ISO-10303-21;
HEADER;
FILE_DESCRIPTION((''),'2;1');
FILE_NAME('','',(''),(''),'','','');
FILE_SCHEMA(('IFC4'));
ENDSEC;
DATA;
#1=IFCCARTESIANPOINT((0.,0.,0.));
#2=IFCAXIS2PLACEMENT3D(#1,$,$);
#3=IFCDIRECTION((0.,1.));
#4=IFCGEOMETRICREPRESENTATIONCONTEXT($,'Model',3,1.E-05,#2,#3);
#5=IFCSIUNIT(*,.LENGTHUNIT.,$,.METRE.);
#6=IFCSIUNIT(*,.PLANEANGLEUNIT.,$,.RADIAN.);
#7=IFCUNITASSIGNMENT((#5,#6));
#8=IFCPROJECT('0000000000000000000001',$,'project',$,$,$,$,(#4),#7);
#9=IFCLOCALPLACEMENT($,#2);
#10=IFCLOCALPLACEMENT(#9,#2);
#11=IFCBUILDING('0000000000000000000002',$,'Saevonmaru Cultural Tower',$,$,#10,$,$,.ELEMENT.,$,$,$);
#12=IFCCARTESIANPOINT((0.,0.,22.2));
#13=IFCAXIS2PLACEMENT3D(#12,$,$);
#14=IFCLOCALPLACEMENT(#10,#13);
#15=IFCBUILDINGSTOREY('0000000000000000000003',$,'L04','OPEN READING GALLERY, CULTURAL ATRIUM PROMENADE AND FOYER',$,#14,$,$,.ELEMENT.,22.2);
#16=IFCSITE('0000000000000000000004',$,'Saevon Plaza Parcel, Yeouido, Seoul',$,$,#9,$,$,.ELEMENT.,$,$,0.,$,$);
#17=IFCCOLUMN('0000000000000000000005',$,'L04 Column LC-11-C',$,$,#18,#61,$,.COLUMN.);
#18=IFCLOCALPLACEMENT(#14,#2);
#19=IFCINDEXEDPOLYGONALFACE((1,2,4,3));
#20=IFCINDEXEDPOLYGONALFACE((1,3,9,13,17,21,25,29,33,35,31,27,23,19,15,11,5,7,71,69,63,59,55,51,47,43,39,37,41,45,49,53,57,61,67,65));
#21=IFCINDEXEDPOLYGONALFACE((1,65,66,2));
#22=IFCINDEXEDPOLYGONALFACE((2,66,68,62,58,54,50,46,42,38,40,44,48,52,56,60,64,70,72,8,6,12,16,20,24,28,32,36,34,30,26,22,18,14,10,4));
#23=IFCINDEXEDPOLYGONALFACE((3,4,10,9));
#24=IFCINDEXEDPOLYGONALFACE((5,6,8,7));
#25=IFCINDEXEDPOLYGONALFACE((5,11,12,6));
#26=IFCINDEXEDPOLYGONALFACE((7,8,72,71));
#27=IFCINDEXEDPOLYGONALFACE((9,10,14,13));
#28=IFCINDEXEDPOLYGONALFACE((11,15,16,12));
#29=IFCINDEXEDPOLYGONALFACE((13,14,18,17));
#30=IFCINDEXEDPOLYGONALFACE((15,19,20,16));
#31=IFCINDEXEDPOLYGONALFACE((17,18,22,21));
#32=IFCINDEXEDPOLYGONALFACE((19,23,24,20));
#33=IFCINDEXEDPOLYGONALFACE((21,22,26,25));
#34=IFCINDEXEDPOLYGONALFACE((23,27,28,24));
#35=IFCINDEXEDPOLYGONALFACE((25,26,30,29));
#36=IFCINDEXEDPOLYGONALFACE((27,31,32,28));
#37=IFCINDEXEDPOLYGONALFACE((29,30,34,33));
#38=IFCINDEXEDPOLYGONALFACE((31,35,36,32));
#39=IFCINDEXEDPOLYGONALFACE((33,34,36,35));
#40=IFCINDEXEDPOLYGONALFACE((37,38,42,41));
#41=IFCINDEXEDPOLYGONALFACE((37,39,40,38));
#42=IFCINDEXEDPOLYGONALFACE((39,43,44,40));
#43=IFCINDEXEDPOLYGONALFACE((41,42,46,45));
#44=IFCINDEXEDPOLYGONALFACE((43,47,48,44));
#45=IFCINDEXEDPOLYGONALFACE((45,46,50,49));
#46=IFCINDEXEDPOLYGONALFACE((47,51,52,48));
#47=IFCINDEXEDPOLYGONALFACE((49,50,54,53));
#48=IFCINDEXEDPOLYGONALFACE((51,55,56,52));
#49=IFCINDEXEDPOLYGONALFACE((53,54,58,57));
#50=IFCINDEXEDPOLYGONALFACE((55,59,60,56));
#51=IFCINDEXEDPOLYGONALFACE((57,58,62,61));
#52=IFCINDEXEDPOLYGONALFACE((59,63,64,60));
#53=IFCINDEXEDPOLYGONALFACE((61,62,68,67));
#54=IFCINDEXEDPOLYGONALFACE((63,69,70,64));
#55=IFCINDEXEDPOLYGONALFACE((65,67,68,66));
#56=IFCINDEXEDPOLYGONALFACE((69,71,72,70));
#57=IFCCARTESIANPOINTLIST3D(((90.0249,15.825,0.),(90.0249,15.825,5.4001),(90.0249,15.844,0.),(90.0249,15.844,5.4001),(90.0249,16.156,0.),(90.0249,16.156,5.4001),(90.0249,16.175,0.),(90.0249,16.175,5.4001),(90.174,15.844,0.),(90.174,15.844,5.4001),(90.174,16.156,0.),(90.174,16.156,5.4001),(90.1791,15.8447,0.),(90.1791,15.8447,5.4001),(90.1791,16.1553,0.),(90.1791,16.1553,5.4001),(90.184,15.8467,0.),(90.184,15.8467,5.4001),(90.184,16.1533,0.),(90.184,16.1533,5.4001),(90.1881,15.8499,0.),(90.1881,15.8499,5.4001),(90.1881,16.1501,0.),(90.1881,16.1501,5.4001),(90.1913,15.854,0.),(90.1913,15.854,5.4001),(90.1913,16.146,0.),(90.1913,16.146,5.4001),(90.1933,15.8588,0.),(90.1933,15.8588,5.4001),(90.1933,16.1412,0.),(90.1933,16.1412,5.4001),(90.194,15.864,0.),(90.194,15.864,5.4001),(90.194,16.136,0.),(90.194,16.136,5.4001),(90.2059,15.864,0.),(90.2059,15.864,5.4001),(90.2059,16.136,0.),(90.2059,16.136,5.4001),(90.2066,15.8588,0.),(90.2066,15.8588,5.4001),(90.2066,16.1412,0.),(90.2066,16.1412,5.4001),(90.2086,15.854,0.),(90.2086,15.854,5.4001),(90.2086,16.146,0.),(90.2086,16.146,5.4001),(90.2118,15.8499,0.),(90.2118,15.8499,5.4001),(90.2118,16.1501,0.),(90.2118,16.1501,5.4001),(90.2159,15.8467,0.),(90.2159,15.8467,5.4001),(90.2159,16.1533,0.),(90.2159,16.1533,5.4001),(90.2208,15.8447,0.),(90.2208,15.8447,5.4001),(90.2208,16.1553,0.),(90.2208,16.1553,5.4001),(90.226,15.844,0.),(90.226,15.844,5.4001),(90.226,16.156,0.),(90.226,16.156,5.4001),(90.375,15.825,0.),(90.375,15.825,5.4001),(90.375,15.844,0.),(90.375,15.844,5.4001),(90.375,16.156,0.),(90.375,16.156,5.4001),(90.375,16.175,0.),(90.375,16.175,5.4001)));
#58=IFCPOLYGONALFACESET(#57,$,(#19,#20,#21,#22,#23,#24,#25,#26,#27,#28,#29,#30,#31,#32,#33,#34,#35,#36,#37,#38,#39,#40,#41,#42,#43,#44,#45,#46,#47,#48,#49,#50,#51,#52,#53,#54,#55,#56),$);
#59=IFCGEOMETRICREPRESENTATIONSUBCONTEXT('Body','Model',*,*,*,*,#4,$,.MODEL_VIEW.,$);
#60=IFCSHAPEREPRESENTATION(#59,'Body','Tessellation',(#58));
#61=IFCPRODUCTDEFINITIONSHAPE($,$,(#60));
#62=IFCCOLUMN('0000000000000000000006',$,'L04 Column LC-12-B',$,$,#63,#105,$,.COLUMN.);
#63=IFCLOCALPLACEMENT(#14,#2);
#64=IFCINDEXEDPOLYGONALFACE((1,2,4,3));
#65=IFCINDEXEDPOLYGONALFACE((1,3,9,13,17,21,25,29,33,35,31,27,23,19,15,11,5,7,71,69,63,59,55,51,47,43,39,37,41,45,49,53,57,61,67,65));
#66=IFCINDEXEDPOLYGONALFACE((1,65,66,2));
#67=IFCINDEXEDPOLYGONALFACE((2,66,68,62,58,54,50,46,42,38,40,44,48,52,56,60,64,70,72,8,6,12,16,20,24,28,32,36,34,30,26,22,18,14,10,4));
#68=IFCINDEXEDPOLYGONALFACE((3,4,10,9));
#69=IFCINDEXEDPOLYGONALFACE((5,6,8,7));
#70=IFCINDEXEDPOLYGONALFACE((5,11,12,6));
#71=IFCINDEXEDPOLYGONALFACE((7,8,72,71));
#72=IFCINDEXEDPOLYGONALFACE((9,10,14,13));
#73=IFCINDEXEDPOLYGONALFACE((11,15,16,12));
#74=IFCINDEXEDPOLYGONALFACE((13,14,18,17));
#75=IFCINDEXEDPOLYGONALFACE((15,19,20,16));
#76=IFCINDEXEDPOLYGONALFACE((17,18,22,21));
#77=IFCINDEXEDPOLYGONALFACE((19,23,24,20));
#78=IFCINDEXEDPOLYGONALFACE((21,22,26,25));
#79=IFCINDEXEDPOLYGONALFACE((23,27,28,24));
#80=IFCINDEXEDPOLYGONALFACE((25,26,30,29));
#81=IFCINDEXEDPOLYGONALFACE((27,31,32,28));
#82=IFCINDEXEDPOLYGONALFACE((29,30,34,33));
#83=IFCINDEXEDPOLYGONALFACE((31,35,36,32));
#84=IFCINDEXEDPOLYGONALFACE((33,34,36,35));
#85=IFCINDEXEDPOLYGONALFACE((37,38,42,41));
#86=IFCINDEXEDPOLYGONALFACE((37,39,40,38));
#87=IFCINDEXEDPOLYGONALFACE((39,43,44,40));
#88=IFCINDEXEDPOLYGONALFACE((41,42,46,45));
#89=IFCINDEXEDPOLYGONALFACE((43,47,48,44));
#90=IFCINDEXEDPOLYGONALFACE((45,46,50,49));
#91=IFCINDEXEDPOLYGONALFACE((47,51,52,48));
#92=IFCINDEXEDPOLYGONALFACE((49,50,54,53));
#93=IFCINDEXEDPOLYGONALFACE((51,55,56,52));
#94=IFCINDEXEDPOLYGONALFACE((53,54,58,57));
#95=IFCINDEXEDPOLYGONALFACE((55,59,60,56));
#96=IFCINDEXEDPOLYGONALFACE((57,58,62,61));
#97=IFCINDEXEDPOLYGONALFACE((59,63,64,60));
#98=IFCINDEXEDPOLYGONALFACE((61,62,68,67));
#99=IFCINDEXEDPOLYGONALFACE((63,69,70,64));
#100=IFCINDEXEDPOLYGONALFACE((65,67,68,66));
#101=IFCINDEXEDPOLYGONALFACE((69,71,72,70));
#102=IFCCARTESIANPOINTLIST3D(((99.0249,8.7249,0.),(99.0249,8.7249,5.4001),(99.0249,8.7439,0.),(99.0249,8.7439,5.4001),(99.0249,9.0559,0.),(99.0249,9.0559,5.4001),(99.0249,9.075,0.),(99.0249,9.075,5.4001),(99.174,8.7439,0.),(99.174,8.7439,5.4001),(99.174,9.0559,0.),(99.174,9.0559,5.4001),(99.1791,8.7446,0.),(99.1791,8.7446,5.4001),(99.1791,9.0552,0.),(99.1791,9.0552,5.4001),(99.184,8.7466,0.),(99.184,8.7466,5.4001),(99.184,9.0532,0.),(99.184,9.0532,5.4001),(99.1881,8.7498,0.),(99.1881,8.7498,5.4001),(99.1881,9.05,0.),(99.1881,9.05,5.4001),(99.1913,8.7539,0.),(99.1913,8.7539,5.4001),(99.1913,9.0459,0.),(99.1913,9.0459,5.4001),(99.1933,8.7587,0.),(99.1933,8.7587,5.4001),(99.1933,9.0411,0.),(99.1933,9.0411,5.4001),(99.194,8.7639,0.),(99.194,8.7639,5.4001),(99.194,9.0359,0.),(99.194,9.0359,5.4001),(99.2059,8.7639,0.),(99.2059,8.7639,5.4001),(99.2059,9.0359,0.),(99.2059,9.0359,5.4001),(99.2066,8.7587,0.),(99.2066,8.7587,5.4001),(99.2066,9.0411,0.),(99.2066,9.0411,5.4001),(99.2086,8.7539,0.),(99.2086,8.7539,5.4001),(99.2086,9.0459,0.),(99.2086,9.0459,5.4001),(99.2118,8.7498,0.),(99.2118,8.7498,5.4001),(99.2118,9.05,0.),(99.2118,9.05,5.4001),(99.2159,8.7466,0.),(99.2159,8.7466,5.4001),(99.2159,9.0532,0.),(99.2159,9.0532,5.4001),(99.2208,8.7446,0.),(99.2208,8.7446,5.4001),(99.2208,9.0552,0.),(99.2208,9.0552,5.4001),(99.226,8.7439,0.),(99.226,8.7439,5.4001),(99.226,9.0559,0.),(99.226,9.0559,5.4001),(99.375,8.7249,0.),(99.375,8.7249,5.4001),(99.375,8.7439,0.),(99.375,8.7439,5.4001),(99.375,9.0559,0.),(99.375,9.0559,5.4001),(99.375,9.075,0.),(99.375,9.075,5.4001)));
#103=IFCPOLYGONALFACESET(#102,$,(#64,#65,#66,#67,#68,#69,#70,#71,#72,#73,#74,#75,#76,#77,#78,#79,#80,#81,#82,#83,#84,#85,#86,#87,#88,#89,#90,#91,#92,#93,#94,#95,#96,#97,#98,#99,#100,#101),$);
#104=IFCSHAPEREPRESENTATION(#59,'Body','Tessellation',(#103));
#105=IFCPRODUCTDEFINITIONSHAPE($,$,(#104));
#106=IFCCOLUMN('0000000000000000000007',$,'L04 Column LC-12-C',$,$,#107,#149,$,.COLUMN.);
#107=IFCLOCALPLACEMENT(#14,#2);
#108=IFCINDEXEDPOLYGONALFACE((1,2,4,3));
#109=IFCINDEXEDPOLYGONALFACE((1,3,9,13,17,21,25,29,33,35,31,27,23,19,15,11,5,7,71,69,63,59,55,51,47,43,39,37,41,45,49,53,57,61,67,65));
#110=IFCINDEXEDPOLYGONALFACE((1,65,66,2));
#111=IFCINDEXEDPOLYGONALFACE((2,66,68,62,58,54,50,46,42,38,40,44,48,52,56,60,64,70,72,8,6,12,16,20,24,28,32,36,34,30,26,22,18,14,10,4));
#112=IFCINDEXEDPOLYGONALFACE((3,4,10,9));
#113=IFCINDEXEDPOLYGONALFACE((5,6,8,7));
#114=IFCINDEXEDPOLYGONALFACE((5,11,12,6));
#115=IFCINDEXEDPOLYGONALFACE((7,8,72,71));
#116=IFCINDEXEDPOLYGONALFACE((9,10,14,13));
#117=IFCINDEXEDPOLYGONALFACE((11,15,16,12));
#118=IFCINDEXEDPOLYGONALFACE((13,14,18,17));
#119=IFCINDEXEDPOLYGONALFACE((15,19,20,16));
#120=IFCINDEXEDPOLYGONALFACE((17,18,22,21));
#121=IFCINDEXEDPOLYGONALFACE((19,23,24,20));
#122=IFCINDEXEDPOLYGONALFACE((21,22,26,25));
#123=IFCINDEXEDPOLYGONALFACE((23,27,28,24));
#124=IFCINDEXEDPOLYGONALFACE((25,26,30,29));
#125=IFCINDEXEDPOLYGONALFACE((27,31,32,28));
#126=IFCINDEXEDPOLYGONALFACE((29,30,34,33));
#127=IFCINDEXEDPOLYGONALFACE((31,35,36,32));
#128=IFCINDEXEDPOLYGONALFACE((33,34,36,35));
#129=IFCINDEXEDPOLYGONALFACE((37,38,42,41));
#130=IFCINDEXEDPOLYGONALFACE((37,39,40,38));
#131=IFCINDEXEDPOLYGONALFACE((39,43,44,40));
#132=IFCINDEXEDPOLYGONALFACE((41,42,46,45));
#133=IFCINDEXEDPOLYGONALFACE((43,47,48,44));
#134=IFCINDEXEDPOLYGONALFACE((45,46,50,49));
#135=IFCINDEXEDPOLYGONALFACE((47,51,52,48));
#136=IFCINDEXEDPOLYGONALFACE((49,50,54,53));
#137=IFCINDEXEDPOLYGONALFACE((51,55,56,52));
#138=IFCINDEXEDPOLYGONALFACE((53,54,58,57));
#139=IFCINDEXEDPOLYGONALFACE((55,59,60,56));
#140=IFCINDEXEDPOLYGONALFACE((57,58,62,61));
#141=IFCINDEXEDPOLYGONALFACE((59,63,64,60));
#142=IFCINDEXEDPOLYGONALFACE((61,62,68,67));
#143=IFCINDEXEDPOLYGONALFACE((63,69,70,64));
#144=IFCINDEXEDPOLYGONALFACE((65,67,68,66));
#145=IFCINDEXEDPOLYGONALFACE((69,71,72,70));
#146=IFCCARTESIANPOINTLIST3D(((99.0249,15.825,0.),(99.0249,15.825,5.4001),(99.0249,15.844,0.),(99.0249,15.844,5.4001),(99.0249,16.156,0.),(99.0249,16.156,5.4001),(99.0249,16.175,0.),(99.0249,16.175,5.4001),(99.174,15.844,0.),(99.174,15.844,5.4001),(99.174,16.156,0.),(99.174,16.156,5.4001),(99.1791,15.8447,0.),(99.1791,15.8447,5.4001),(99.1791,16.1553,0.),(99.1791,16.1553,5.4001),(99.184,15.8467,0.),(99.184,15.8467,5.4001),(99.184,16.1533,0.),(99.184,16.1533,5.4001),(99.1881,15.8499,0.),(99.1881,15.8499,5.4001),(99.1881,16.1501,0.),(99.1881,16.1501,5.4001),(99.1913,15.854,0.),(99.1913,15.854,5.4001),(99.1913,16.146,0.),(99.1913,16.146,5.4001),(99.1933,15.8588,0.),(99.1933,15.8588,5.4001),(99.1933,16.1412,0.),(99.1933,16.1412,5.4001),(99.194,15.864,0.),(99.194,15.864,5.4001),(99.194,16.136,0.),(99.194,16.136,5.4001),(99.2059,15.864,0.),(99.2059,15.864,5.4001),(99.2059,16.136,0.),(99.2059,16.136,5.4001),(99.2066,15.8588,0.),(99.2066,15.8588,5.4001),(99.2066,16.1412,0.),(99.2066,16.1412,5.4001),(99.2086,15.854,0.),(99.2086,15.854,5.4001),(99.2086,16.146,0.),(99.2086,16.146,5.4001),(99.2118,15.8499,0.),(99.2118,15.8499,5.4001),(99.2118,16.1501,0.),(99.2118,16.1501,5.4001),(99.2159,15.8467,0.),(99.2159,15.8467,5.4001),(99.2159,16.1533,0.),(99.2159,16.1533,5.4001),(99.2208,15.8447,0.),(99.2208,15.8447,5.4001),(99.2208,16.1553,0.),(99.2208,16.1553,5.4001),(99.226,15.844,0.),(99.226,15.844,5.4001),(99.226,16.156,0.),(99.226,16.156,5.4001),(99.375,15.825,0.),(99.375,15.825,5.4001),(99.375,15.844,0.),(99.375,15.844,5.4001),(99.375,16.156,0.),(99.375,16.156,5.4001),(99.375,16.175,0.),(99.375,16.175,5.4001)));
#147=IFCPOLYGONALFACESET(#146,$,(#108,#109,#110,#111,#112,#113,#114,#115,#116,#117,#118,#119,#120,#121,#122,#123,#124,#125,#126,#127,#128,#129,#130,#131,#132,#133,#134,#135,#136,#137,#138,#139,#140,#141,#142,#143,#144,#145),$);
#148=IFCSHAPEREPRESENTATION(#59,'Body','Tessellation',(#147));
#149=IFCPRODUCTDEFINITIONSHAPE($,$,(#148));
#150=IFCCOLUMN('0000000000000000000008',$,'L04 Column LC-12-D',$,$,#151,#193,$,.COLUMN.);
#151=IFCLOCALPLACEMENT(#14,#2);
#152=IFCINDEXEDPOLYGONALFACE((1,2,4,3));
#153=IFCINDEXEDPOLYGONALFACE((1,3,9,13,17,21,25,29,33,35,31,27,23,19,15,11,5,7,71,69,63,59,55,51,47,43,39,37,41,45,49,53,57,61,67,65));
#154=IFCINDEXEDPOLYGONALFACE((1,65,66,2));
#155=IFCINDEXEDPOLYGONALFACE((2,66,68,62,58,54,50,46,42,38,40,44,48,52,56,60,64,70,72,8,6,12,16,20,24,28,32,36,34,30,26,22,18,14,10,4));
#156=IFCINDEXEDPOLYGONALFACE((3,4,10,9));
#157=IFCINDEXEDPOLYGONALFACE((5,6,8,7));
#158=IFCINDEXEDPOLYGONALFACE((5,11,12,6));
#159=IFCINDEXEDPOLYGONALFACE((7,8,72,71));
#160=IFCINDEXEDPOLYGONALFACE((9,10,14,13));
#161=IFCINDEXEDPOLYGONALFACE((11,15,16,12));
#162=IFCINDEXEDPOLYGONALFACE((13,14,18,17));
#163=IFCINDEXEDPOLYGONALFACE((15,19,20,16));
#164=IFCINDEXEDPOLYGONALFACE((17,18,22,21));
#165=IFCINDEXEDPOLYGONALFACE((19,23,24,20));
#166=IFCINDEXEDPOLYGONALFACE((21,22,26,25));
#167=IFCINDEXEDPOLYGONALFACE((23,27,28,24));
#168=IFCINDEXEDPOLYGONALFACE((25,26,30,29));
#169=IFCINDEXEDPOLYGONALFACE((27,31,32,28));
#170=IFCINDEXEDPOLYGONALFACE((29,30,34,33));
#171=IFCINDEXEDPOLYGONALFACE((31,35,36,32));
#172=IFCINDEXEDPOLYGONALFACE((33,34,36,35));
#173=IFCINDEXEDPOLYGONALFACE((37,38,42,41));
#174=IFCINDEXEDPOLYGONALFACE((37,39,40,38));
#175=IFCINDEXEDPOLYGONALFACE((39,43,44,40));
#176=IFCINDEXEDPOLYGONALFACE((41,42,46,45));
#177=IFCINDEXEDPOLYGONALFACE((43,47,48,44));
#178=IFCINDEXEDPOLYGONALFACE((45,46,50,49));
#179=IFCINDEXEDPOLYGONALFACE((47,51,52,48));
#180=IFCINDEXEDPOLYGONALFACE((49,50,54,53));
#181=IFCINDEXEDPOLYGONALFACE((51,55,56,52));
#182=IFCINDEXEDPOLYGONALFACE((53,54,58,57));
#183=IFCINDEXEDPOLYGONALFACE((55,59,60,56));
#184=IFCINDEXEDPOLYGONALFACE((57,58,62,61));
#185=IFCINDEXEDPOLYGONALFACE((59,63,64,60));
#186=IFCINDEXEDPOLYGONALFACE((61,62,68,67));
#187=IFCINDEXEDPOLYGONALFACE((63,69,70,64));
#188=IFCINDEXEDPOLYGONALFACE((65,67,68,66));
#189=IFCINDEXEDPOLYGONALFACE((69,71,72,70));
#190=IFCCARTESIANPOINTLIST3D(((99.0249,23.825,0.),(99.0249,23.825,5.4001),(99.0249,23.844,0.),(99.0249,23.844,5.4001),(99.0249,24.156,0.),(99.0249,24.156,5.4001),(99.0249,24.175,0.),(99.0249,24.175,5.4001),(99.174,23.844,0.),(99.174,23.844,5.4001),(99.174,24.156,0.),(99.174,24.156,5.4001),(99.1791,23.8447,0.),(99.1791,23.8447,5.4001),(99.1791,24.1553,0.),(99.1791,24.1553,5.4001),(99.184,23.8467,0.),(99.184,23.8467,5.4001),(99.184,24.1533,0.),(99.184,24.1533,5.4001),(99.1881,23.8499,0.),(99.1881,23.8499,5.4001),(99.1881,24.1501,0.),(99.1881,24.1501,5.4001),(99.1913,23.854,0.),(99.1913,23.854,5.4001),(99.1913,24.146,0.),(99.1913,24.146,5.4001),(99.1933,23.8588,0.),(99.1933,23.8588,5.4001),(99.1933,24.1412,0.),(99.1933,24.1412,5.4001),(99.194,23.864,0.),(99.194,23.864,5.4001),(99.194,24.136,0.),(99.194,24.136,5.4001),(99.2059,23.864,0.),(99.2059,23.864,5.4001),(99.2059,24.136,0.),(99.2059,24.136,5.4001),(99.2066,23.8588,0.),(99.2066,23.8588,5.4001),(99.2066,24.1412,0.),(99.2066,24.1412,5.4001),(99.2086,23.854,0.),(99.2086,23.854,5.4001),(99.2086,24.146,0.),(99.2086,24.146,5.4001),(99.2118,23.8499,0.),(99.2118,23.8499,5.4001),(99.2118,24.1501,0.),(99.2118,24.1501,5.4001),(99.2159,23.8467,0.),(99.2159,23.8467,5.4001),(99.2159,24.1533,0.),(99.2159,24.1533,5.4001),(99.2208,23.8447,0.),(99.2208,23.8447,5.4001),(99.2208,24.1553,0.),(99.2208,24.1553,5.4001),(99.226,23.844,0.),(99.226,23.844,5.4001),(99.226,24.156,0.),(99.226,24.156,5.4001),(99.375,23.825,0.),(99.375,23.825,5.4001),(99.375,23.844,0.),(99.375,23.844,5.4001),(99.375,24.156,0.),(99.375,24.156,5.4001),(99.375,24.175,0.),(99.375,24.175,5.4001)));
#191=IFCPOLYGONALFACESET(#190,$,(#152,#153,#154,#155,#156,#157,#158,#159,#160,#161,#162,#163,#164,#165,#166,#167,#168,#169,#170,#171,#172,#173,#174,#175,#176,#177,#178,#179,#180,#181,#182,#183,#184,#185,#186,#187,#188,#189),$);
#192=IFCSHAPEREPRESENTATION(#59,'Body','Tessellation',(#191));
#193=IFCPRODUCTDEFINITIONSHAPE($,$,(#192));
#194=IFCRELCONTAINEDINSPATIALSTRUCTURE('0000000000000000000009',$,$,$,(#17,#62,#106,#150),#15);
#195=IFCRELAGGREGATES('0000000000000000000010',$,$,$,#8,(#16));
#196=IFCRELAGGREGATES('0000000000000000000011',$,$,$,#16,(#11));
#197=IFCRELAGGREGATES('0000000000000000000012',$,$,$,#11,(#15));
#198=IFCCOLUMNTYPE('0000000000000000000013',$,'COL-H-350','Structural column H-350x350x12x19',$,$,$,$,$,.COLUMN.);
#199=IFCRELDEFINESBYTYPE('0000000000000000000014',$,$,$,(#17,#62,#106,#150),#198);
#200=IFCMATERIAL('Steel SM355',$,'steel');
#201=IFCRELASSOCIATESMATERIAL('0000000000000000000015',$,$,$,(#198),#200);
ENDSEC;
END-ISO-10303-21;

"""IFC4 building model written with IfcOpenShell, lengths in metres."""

from ifc_helpers import new_model, si_unit, direction, frame, origin, origin_2d, place, context, subcontext, project, spatial, i_section, extrude, material, material_profile, profile_set, type_object, element, save


model = new_model("IFC4")

# Units and contexts
model_context = context("Model", 3, precision=1e-05, world=origin(), true_north=direction((0.0, 1.0)))
body_context = subcontext(model_context, "Body", "Model", "MODEL_VIEW")
ifc_project = project(units=[si_unit("LENGTHUNIT", "METRE"), si_unit("PLANEANGLEUNIT", "RADIAN")], contexts=[model_context])

# Site, building, storey
site_placement = place(None, origin())
site = spatial("IfcSite", under=ifc_project, at=site_placement, Name="Saevon Plaza Parcel, Yeouido, Seoul", CompositionType="ELEMENT", RefElevation=0.0)
building_placement = place(site_placement, origin())
building = spatial("IfcBuilding", under=site, at=building_placement, Name="Saevonmaru Cultural Tower", CompositionType="ELEMENT")
storey_placement = place(building_placement, frame((0.0, 0.0, 22.2)))
storey = spatial("IfcBuildingStorey", under=building, at=storey_placement, Name="L04", Description="OPEN READING GALLERY, CULTURAL ATRIUM PROMENADE AND FOYER", CompositionType="ELEMENT", Elevation=22.2)

# Columns
ifc_material_1 = material(Name="Steel SM355", Category="steel")
ifc_material_profile_1 = material_profile(ifc_material_1, i_section(OverallWidth=0.3501, OverallDepth=0.3501, WebThickness=0.012, FlangeThickness=0.019, FilletRadius=0.02, at=origin_2d()), Name="H-350x350x12x19")
ifc_profile_set_1 = profile_set([ifc_material_profile_1], Name="Steel SM355")
column_type_1 = type_object("IfcColumnType", Name="COL-H-350", Description="Structural column H-350x350x12x19", PredefinedType="COLUMN", material=ifc_profile_set_1)
for number, where, z_axis, x_axis, name in (
    (1, (90.2, 16.0, 0.0), (0.0, 0.0, 1.0), (1.0, 0.0, 0.0), "L04 Column LC-11-C"),
    (2, (99.2, 8.8999, 0.0), (0.0, 0.0, 1.0), (1.0, 0.0, 0.0), "L04 Column LC-12-B"),
    (3, (99.2, 16.0, 0.0), (0.0, 0.0, 1.0), (1.0, 0.0, 0.0), "L04 Column LC-12-C"),
    (4, (99.2, 24.0, 0.0), (0.0, 0.0, 1.0), (1.0, 0.0, 0.0), "L04 Column LC-12-D"),
):
    element("IfcColumn", number, at=place(storey_placement, frame(where, z_axis=z_axis, x_axis=x_axis)), inside=storey, type_object=column_type_1, Name=name, PredefinedType="COLUMN", context=body_context, shape_type="SweptSolid", body=[
        extrude(i_section(OverallWidth=0.3501, OverallDepth=0.3501, WebThickness=0.012, FlangeThickness=0.019, FilletRadius=0.02, at=origin_2d()), origin(), (0.0, 0.0, 1.0), 5.4001),
    ])

save(model, "model.ifc")
